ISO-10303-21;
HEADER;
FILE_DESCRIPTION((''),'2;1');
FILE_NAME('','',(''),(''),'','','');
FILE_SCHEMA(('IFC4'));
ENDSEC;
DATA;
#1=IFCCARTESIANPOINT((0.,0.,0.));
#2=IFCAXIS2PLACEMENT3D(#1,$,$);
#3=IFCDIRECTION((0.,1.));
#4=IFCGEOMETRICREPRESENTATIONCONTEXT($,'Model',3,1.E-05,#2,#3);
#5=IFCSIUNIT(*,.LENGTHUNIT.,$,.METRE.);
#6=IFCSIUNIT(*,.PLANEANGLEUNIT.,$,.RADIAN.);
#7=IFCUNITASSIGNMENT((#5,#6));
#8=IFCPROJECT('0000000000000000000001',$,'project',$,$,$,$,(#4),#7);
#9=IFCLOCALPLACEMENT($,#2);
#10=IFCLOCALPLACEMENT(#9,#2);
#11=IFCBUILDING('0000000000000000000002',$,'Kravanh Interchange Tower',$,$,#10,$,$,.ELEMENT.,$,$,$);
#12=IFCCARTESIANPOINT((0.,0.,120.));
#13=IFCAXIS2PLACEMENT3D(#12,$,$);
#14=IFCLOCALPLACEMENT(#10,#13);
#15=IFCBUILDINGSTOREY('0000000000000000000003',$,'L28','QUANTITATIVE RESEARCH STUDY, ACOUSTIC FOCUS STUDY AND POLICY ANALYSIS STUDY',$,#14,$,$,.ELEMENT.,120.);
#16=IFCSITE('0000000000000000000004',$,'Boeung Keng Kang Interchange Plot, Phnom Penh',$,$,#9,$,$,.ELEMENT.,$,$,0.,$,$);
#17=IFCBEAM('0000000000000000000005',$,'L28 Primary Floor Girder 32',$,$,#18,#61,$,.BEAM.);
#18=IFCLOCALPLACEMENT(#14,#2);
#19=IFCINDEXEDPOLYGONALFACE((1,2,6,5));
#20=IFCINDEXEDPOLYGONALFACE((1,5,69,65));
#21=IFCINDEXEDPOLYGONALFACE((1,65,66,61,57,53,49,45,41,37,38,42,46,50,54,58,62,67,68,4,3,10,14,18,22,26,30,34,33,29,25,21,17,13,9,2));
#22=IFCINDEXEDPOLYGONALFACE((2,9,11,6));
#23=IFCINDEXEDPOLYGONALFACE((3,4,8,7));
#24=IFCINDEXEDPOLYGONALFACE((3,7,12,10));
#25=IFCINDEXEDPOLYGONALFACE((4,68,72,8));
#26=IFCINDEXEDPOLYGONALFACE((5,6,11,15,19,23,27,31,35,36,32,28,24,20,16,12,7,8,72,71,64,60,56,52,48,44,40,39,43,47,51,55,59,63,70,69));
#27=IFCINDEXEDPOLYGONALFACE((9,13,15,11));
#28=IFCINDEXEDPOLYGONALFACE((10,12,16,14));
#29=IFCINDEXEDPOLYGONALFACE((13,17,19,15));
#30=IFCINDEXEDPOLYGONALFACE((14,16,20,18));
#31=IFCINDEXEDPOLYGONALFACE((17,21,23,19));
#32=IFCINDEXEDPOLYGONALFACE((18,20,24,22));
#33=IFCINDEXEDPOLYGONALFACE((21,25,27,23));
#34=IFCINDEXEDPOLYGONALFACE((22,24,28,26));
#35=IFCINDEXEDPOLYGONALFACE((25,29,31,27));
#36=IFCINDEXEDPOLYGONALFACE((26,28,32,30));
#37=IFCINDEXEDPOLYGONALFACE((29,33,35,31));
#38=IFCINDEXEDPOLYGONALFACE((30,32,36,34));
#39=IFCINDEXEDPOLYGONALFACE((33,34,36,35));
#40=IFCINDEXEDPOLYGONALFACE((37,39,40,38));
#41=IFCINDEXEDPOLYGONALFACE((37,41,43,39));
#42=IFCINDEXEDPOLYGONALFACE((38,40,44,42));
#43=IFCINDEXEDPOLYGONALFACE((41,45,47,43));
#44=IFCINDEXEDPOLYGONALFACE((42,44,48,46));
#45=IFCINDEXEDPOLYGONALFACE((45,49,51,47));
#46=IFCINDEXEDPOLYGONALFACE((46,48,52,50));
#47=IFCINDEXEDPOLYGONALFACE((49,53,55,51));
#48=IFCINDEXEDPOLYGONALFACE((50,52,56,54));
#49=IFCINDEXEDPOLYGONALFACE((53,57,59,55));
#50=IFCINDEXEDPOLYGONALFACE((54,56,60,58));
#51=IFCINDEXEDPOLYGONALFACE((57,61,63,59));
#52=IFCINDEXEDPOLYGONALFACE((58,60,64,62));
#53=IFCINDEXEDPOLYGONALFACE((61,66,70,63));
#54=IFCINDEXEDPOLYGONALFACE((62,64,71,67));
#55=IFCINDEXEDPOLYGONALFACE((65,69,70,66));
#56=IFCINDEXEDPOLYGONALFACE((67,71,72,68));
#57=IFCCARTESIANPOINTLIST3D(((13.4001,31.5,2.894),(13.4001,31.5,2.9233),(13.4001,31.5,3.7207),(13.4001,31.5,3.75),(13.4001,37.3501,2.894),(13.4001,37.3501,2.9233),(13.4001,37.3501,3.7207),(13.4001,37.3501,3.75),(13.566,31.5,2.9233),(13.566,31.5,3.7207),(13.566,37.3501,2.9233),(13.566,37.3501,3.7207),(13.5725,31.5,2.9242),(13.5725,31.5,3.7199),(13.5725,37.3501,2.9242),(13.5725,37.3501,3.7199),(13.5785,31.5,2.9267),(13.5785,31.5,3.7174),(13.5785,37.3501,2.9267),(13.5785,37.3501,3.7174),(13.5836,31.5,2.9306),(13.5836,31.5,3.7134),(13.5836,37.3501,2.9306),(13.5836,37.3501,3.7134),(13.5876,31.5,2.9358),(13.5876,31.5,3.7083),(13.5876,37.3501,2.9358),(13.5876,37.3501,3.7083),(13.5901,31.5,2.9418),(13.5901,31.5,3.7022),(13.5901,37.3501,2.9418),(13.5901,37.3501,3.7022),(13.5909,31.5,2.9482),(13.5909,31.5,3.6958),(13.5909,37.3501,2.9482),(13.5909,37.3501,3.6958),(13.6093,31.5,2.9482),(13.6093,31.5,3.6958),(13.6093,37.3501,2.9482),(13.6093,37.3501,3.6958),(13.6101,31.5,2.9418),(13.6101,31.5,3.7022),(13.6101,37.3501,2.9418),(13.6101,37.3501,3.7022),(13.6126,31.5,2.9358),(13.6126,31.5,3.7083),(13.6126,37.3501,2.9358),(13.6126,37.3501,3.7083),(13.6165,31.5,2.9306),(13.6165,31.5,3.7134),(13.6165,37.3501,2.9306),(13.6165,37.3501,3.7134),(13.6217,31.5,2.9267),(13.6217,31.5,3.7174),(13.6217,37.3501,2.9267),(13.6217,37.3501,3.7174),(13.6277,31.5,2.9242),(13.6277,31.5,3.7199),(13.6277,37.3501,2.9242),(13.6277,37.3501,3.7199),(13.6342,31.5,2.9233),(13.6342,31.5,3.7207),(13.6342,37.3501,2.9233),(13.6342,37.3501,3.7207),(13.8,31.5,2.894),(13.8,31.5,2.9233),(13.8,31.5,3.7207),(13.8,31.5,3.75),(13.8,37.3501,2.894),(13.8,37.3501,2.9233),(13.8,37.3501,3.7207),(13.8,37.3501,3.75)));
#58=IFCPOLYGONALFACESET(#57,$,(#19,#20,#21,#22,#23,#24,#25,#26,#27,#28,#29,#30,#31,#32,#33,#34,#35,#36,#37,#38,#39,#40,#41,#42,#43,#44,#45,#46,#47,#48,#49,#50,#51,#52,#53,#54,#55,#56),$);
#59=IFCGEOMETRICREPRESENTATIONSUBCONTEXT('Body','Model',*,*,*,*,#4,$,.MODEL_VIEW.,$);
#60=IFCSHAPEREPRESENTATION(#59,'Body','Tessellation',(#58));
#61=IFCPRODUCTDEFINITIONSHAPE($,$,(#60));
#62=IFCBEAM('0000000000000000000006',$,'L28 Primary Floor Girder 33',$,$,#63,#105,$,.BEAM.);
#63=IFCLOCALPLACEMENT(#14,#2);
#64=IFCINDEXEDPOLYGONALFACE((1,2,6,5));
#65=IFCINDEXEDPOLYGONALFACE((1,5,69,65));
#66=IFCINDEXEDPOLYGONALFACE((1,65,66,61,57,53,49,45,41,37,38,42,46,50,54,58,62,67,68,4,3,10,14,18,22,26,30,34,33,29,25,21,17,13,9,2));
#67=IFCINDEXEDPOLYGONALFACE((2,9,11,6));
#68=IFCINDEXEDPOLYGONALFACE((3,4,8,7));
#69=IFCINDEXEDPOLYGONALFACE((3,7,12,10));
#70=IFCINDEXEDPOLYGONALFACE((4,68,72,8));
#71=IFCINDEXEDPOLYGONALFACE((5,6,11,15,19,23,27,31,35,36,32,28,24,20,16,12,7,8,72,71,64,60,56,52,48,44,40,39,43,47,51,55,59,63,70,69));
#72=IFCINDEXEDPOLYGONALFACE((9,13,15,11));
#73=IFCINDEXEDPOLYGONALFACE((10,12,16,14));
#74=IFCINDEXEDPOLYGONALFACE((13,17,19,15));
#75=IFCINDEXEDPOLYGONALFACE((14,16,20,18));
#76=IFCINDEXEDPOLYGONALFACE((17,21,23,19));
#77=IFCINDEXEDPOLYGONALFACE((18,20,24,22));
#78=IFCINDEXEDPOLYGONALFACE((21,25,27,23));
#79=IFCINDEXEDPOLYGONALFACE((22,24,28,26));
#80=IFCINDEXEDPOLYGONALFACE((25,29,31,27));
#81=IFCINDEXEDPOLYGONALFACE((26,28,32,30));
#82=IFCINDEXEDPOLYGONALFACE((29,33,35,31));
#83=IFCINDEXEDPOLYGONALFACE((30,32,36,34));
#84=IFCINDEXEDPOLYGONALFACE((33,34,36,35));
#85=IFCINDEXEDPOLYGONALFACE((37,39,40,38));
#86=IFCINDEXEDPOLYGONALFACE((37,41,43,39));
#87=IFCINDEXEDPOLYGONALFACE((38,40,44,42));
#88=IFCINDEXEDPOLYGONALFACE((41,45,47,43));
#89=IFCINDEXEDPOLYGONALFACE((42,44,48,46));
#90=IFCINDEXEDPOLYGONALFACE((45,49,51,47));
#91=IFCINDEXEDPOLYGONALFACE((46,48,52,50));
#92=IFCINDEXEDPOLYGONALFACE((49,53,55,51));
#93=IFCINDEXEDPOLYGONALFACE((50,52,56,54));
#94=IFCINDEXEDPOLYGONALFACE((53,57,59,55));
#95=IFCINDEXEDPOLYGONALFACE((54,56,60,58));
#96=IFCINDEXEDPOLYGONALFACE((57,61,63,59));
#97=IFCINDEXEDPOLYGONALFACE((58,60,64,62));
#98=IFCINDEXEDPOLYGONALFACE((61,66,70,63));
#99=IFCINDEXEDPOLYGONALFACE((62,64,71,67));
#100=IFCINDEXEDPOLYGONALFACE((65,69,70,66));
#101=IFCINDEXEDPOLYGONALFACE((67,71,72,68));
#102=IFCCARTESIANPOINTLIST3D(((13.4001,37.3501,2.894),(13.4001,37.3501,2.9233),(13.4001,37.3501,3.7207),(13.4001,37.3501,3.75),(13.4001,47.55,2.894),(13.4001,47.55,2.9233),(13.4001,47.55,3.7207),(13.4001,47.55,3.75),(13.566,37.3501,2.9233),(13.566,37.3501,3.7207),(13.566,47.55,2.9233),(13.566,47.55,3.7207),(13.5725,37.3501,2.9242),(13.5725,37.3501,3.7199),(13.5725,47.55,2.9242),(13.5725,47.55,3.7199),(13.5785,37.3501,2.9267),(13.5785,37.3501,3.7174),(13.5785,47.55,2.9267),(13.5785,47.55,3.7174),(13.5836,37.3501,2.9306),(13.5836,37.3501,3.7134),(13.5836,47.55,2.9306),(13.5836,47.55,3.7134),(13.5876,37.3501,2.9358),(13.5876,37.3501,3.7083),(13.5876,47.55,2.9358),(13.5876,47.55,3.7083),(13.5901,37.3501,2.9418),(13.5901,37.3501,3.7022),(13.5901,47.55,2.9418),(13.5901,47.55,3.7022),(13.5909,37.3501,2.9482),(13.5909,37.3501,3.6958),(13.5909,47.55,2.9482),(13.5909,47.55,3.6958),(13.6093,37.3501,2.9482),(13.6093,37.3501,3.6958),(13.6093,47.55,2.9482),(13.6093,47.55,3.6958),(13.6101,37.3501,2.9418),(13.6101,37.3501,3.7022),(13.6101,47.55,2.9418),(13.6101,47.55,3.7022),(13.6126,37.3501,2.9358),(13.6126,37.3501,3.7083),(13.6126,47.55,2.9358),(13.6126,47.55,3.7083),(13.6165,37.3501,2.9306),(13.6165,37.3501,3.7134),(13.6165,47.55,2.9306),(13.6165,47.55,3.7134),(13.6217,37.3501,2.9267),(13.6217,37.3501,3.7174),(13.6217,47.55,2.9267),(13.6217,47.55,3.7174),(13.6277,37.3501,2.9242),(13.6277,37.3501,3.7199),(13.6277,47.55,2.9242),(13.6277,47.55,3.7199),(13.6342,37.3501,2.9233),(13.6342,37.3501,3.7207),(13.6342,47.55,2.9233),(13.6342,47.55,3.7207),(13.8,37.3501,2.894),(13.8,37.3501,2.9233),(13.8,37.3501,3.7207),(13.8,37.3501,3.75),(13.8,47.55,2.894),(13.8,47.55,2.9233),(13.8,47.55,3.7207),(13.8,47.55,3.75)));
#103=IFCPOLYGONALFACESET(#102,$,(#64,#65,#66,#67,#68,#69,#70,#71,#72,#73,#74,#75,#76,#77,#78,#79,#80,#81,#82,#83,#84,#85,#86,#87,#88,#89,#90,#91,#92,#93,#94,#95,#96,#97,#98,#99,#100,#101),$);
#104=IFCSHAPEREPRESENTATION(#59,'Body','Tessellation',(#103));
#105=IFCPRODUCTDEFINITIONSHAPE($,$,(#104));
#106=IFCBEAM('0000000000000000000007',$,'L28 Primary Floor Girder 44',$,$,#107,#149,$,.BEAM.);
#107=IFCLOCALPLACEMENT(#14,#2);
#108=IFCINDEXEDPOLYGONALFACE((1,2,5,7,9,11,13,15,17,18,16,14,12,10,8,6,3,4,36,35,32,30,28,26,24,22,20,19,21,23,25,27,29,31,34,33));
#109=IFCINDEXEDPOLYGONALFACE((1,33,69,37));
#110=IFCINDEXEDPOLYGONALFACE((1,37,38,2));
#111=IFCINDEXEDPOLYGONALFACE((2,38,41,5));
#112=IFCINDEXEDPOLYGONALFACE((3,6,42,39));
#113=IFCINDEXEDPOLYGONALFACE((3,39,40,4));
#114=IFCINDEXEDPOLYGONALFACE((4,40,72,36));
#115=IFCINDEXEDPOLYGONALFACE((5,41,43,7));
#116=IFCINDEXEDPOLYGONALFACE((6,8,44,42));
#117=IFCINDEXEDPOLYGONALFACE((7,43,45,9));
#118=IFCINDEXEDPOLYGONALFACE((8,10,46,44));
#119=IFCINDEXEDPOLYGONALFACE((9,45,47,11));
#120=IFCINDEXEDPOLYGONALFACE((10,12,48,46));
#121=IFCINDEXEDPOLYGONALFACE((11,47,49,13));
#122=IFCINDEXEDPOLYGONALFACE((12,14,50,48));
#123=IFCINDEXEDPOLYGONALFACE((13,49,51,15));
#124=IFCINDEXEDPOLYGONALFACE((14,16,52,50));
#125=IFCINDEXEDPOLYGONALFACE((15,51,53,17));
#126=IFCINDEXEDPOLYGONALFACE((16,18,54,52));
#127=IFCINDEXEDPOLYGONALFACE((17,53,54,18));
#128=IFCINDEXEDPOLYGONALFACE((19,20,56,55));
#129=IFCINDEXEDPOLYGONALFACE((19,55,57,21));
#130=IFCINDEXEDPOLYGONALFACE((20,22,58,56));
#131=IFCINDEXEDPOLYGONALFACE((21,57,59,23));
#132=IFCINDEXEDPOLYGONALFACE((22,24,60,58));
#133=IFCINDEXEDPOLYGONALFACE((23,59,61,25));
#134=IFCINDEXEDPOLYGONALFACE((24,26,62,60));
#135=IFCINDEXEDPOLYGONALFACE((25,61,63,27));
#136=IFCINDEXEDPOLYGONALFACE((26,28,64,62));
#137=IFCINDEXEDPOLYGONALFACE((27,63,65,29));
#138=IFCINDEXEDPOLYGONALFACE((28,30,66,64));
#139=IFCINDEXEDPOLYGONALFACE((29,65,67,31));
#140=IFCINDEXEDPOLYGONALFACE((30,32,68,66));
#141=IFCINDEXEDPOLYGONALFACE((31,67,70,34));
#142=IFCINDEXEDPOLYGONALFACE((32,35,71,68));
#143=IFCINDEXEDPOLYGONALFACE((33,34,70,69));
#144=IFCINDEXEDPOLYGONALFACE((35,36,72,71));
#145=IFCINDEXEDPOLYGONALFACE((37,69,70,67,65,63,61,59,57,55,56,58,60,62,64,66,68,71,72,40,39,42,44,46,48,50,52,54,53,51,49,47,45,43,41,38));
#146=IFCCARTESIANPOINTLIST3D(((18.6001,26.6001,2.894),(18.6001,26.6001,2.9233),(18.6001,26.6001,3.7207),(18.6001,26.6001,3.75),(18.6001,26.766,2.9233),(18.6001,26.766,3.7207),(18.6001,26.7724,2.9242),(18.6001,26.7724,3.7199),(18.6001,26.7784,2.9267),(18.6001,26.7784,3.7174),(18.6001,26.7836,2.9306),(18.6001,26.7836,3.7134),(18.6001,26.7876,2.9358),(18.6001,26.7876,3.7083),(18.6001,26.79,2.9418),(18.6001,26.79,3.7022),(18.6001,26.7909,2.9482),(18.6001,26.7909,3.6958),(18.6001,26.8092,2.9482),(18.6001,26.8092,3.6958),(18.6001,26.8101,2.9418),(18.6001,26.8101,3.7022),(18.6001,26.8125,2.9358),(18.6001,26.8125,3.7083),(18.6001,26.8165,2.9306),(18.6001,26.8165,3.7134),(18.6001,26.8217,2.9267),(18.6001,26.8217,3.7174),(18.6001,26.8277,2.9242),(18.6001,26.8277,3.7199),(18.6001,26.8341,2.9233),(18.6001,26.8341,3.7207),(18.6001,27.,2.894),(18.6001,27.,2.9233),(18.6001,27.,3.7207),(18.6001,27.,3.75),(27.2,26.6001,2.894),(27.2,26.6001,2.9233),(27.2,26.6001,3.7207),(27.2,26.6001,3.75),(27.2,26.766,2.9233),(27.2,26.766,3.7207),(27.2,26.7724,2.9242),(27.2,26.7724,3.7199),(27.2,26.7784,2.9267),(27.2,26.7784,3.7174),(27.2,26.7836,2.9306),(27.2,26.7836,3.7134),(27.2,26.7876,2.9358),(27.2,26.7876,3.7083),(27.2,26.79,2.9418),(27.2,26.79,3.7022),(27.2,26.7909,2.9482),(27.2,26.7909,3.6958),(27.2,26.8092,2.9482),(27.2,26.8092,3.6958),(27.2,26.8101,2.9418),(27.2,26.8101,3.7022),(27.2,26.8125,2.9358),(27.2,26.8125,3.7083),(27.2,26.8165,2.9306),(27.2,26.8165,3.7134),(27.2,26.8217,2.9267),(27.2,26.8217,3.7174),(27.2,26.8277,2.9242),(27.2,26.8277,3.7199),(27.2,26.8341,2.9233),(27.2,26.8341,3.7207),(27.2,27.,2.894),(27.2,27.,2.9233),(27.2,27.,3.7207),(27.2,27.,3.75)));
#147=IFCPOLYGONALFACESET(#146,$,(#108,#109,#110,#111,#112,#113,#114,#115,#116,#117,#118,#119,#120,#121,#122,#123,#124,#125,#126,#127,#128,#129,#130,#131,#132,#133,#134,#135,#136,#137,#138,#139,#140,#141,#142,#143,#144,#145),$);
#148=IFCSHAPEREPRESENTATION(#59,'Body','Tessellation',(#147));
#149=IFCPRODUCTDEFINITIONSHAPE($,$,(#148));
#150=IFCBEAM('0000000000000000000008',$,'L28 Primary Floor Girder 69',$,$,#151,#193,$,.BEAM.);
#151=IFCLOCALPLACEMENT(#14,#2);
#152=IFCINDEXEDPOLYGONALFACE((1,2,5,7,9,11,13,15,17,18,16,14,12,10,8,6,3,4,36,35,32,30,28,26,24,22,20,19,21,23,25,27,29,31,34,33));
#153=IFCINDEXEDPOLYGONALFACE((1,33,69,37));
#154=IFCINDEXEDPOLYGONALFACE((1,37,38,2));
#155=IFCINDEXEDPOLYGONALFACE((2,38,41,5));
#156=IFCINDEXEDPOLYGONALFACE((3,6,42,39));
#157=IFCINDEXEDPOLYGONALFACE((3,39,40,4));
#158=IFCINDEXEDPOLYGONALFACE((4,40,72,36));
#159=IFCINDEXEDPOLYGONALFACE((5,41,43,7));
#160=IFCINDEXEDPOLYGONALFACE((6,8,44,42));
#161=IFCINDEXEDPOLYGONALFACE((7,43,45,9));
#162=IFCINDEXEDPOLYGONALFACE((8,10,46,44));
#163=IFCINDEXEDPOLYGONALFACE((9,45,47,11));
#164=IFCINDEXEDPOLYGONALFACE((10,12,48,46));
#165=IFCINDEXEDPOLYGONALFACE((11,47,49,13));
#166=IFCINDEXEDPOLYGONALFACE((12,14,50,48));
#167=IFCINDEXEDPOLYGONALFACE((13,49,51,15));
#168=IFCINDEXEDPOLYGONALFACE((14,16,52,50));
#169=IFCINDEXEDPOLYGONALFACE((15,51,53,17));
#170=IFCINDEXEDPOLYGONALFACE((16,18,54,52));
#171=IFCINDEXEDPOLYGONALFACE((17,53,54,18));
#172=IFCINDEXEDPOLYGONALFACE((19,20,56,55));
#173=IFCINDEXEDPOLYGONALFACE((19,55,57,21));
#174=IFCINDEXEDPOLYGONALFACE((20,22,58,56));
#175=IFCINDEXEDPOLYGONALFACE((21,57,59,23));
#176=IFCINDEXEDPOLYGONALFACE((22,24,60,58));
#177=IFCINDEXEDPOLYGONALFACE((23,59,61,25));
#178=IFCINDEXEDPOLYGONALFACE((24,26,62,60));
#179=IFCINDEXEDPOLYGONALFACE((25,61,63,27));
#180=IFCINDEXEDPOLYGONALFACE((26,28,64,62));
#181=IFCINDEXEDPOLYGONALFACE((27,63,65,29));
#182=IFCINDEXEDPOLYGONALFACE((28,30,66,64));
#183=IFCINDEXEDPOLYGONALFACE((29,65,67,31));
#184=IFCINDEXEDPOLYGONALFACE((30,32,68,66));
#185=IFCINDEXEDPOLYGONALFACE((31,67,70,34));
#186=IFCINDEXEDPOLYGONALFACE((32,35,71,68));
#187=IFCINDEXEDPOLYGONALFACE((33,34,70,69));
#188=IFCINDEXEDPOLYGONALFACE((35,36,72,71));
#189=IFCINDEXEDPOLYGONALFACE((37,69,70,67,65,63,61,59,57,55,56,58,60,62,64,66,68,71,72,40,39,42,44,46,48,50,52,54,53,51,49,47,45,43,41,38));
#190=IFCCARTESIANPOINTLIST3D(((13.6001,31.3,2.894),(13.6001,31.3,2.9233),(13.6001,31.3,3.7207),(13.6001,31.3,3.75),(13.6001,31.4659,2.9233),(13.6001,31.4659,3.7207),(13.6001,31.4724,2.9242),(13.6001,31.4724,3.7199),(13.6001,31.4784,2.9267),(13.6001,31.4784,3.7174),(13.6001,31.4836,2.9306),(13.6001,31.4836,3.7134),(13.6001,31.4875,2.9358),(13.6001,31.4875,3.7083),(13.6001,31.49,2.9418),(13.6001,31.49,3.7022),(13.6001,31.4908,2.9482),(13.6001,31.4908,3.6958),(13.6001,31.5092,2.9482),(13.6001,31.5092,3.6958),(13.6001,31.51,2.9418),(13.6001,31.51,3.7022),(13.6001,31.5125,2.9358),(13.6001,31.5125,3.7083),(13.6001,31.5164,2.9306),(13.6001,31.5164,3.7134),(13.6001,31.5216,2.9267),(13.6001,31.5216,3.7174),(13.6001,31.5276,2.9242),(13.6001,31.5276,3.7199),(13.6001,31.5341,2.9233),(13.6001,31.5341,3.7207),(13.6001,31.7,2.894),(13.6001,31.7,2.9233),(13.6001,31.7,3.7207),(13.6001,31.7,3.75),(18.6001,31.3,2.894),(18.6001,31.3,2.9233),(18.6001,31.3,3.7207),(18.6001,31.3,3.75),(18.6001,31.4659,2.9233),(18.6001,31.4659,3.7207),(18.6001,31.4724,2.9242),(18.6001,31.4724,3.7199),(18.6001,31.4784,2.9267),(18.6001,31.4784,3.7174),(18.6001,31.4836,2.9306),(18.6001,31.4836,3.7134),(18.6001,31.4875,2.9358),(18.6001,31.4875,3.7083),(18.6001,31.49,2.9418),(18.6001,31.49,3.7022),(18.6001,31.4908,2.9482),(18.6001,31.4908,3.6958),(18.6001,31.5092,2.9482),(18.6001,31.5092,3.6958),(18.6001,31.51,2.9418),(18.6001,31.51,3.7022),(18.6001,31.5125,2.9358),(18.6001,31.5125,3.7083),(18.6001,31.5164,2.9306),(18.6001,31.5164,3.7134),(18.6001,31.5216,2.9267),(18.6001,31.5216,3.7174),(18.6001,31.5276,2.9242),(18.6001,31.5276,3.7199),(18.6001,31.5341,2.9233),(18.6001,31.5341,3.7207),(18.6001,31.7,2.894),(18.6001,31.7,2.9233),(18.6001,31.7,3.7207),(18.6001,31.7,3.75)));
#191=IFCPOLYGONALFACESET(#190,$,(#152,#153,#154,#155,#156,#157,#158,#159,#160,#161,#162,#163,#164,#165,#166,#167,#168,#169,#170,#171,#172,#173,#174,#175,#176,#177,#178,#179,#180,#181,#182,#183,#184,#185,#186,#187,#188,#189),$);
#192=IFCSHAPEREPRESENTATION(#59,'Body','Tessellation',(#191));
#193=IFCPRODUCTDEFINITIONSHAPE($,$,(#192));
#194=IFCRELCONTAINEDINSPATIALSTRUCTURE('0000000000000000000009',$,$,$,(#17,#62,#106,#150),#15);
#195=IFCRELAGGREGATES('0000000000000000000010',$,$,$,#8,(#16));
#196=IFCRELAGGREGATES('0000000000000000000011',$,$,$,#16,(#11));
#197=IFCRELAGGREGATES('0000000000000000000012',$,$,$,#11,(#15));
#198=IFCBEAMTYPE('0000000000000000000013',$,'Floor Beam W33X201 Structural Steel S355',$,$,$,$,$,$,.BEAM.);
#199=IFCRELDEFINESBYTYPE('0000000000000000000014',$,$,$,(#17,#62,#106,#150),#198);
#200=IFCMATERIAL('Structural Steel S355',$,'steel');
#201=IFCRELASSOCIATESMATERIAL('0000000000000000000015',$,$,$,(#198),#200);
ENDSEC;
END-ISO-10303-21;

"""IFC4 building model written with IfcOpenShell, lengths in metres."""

from ifc_helpers import new_model, si_unit, direction, frame, origin, origin_2d, place, context, subcontext, project, spatial, i_section, extrude, material, material_profile, profile_set, type_object, element, save


model = new_model("IFC4")

# Units and contexts
model_context = context("Model", 3, precision=1e-05, world=origin(), true_north=direction((0.0, 1.0)))
body_context = subcontext(model_context, "Body", "Model", "MODEL_VIEW")
ifc_project = project(units=[si_unit("LENGTHUNIT", "METRE"), si_unit("PLANEANGLEUNIT", "RADIAN")], contexts=[model_context])

# Site, building, storey
site_placement = place(None, origin())
site = spatial("IfcSite", under=ifc_project, at=site_placement, Name="Boeung Keng Kang Interchange Plot, Phnom Penh", CompositionType="ELEMENT", RefElevation=0.0)
building_placement = place(site_placement, origin())
building = spatial("IfcBuilding", under=site, at=building_placement, Name="Kravanh Interchange Tower", CompositionType="ELEMENT")
storey_placement = place(building_placement, frame((0.0, 0.0, 120.0)))
storey = spatial("IfcBuildingStorey", under=building, at=storey_placement, Name="L28", Description="QUANTITATIVE RESEARCH STUDY, ACOUSTIC FOCUS STUDY AND POLICY ANALYSIS STUDY", CompositionType="ELEMENT", Elevation=120.0)

# Beams
ifc_material_1 = material(Name="Structural Steel S355", Category="steel")
ifc_material_profile_1 = material_profile(ifc_material_1, i_section(OverallWidth=0.3999, OverallDepth=0.856, WebThickness=0.0183, FlangeThickness=0.0293, FilletRadius=0.0249, at=origin_2d()), Name="W33X201")
ifc_profile_set_1 = profile_set([ifc_material_profile_1], Name="Structural Steel S355")
beam_type_1 = type_object("IfcBeamType", Name="Floor Beam W33X201 Structural Steel S355", PredefinedType="BEAM", material=ifc_profile_set_1)
beam_1_placement = place(storey_placement, frame((13.6001, 37.3501, 3.322), z_axis=(0.0, -1.0, 0.0), x_axis=(1.0, 0.0, 0.0)))
element("IfcBeam", 1, at=beam_1_placement, inside=storey, type_object=beam_type_1, Name="L28 Primary Floor Girder 32", PredefinedType="BEAM", context=body_context, shape_type="SweptSolid", body=[
    extrude(i_section(OverallWidth=0.3999, OverallDepth=0.856, WebThickness=0.0183, FlangeThickness=0.0293, FilletRadius=0.0249, at=origin_2d()), origin(), (0.0, 0.0, 1.0), 5.8501),
])
beam_2_placement = place(storey_placement, frame((13.6001, 37.3501, 3.322), z_axis=(0.0, 1.0, 0.0), x_axis=(-1.0, 0.0, 0.0)))
element("IfcBeam", 2, at=beam_2_placement, inside=storey, type_object=beam_type_1, Name="L28 Primary Floor Girder 33", PredefinedType="BEAM", context=body_context, shape_type="SweptSolid", body=[
    extrude(i_section(OverallWidth=0.3999, OverallDepth=0.856, WebThickness=0.0183, FlangeThickness=0.0293, FilletRadius=0.0249, at=origin_2d()), origin(), (0.0, 0.0, 1.0), 10.2),
])
beam_3_placement = place(storey_placement, frame((18.6001, 26.8, 3.322), z_axis=(1.0, 0.0, 0.0), x_axis=(0.0, 1.0, 0.0)))
element("IfcBeam", 3, at=beam_3_placement, inside=storey, type_object=beam_type_1, Name="L28 Primary Floor Girder 44", PredefinedType="BEAM", context=body_context, shape_type="SweptSolid", body=[
    extrude(i_section(OverallWidth=0.3999, OverallDepth=0.856, WebThickness=0.0183, FlangeThickness=0.0293, FilletRadius=0.0249, at=origin_2d()), origin(), (0.0, 0.0, 1.0), 8.5999),
])
beam_4_placement = place(storey_placement, frame((13.6001, 31.5, 3.322), z_axis=(1.0, 0.0, 0.0), x_axis=(0.0, 1.0, 0.0)))
element("IfcBeam", 4, at=beam_4_placement, inside=storey, type_object=beam_type_1, Name="L28 Primary Floor Girder 69", PredefinedType="BEAM", context=body_context, shape_type="SweptSolid", body=[
    extrude(i_section(OverallWidth=0.3999, OverallDepth=0.856, WebThickness=0.0183, FlangeThickness=0.0293, FilletRadius=0.0249, at=origin_2d()), origin(), (0.0, 0.0, 1.0), 5.0),
])

save(model, "model.ifc")
